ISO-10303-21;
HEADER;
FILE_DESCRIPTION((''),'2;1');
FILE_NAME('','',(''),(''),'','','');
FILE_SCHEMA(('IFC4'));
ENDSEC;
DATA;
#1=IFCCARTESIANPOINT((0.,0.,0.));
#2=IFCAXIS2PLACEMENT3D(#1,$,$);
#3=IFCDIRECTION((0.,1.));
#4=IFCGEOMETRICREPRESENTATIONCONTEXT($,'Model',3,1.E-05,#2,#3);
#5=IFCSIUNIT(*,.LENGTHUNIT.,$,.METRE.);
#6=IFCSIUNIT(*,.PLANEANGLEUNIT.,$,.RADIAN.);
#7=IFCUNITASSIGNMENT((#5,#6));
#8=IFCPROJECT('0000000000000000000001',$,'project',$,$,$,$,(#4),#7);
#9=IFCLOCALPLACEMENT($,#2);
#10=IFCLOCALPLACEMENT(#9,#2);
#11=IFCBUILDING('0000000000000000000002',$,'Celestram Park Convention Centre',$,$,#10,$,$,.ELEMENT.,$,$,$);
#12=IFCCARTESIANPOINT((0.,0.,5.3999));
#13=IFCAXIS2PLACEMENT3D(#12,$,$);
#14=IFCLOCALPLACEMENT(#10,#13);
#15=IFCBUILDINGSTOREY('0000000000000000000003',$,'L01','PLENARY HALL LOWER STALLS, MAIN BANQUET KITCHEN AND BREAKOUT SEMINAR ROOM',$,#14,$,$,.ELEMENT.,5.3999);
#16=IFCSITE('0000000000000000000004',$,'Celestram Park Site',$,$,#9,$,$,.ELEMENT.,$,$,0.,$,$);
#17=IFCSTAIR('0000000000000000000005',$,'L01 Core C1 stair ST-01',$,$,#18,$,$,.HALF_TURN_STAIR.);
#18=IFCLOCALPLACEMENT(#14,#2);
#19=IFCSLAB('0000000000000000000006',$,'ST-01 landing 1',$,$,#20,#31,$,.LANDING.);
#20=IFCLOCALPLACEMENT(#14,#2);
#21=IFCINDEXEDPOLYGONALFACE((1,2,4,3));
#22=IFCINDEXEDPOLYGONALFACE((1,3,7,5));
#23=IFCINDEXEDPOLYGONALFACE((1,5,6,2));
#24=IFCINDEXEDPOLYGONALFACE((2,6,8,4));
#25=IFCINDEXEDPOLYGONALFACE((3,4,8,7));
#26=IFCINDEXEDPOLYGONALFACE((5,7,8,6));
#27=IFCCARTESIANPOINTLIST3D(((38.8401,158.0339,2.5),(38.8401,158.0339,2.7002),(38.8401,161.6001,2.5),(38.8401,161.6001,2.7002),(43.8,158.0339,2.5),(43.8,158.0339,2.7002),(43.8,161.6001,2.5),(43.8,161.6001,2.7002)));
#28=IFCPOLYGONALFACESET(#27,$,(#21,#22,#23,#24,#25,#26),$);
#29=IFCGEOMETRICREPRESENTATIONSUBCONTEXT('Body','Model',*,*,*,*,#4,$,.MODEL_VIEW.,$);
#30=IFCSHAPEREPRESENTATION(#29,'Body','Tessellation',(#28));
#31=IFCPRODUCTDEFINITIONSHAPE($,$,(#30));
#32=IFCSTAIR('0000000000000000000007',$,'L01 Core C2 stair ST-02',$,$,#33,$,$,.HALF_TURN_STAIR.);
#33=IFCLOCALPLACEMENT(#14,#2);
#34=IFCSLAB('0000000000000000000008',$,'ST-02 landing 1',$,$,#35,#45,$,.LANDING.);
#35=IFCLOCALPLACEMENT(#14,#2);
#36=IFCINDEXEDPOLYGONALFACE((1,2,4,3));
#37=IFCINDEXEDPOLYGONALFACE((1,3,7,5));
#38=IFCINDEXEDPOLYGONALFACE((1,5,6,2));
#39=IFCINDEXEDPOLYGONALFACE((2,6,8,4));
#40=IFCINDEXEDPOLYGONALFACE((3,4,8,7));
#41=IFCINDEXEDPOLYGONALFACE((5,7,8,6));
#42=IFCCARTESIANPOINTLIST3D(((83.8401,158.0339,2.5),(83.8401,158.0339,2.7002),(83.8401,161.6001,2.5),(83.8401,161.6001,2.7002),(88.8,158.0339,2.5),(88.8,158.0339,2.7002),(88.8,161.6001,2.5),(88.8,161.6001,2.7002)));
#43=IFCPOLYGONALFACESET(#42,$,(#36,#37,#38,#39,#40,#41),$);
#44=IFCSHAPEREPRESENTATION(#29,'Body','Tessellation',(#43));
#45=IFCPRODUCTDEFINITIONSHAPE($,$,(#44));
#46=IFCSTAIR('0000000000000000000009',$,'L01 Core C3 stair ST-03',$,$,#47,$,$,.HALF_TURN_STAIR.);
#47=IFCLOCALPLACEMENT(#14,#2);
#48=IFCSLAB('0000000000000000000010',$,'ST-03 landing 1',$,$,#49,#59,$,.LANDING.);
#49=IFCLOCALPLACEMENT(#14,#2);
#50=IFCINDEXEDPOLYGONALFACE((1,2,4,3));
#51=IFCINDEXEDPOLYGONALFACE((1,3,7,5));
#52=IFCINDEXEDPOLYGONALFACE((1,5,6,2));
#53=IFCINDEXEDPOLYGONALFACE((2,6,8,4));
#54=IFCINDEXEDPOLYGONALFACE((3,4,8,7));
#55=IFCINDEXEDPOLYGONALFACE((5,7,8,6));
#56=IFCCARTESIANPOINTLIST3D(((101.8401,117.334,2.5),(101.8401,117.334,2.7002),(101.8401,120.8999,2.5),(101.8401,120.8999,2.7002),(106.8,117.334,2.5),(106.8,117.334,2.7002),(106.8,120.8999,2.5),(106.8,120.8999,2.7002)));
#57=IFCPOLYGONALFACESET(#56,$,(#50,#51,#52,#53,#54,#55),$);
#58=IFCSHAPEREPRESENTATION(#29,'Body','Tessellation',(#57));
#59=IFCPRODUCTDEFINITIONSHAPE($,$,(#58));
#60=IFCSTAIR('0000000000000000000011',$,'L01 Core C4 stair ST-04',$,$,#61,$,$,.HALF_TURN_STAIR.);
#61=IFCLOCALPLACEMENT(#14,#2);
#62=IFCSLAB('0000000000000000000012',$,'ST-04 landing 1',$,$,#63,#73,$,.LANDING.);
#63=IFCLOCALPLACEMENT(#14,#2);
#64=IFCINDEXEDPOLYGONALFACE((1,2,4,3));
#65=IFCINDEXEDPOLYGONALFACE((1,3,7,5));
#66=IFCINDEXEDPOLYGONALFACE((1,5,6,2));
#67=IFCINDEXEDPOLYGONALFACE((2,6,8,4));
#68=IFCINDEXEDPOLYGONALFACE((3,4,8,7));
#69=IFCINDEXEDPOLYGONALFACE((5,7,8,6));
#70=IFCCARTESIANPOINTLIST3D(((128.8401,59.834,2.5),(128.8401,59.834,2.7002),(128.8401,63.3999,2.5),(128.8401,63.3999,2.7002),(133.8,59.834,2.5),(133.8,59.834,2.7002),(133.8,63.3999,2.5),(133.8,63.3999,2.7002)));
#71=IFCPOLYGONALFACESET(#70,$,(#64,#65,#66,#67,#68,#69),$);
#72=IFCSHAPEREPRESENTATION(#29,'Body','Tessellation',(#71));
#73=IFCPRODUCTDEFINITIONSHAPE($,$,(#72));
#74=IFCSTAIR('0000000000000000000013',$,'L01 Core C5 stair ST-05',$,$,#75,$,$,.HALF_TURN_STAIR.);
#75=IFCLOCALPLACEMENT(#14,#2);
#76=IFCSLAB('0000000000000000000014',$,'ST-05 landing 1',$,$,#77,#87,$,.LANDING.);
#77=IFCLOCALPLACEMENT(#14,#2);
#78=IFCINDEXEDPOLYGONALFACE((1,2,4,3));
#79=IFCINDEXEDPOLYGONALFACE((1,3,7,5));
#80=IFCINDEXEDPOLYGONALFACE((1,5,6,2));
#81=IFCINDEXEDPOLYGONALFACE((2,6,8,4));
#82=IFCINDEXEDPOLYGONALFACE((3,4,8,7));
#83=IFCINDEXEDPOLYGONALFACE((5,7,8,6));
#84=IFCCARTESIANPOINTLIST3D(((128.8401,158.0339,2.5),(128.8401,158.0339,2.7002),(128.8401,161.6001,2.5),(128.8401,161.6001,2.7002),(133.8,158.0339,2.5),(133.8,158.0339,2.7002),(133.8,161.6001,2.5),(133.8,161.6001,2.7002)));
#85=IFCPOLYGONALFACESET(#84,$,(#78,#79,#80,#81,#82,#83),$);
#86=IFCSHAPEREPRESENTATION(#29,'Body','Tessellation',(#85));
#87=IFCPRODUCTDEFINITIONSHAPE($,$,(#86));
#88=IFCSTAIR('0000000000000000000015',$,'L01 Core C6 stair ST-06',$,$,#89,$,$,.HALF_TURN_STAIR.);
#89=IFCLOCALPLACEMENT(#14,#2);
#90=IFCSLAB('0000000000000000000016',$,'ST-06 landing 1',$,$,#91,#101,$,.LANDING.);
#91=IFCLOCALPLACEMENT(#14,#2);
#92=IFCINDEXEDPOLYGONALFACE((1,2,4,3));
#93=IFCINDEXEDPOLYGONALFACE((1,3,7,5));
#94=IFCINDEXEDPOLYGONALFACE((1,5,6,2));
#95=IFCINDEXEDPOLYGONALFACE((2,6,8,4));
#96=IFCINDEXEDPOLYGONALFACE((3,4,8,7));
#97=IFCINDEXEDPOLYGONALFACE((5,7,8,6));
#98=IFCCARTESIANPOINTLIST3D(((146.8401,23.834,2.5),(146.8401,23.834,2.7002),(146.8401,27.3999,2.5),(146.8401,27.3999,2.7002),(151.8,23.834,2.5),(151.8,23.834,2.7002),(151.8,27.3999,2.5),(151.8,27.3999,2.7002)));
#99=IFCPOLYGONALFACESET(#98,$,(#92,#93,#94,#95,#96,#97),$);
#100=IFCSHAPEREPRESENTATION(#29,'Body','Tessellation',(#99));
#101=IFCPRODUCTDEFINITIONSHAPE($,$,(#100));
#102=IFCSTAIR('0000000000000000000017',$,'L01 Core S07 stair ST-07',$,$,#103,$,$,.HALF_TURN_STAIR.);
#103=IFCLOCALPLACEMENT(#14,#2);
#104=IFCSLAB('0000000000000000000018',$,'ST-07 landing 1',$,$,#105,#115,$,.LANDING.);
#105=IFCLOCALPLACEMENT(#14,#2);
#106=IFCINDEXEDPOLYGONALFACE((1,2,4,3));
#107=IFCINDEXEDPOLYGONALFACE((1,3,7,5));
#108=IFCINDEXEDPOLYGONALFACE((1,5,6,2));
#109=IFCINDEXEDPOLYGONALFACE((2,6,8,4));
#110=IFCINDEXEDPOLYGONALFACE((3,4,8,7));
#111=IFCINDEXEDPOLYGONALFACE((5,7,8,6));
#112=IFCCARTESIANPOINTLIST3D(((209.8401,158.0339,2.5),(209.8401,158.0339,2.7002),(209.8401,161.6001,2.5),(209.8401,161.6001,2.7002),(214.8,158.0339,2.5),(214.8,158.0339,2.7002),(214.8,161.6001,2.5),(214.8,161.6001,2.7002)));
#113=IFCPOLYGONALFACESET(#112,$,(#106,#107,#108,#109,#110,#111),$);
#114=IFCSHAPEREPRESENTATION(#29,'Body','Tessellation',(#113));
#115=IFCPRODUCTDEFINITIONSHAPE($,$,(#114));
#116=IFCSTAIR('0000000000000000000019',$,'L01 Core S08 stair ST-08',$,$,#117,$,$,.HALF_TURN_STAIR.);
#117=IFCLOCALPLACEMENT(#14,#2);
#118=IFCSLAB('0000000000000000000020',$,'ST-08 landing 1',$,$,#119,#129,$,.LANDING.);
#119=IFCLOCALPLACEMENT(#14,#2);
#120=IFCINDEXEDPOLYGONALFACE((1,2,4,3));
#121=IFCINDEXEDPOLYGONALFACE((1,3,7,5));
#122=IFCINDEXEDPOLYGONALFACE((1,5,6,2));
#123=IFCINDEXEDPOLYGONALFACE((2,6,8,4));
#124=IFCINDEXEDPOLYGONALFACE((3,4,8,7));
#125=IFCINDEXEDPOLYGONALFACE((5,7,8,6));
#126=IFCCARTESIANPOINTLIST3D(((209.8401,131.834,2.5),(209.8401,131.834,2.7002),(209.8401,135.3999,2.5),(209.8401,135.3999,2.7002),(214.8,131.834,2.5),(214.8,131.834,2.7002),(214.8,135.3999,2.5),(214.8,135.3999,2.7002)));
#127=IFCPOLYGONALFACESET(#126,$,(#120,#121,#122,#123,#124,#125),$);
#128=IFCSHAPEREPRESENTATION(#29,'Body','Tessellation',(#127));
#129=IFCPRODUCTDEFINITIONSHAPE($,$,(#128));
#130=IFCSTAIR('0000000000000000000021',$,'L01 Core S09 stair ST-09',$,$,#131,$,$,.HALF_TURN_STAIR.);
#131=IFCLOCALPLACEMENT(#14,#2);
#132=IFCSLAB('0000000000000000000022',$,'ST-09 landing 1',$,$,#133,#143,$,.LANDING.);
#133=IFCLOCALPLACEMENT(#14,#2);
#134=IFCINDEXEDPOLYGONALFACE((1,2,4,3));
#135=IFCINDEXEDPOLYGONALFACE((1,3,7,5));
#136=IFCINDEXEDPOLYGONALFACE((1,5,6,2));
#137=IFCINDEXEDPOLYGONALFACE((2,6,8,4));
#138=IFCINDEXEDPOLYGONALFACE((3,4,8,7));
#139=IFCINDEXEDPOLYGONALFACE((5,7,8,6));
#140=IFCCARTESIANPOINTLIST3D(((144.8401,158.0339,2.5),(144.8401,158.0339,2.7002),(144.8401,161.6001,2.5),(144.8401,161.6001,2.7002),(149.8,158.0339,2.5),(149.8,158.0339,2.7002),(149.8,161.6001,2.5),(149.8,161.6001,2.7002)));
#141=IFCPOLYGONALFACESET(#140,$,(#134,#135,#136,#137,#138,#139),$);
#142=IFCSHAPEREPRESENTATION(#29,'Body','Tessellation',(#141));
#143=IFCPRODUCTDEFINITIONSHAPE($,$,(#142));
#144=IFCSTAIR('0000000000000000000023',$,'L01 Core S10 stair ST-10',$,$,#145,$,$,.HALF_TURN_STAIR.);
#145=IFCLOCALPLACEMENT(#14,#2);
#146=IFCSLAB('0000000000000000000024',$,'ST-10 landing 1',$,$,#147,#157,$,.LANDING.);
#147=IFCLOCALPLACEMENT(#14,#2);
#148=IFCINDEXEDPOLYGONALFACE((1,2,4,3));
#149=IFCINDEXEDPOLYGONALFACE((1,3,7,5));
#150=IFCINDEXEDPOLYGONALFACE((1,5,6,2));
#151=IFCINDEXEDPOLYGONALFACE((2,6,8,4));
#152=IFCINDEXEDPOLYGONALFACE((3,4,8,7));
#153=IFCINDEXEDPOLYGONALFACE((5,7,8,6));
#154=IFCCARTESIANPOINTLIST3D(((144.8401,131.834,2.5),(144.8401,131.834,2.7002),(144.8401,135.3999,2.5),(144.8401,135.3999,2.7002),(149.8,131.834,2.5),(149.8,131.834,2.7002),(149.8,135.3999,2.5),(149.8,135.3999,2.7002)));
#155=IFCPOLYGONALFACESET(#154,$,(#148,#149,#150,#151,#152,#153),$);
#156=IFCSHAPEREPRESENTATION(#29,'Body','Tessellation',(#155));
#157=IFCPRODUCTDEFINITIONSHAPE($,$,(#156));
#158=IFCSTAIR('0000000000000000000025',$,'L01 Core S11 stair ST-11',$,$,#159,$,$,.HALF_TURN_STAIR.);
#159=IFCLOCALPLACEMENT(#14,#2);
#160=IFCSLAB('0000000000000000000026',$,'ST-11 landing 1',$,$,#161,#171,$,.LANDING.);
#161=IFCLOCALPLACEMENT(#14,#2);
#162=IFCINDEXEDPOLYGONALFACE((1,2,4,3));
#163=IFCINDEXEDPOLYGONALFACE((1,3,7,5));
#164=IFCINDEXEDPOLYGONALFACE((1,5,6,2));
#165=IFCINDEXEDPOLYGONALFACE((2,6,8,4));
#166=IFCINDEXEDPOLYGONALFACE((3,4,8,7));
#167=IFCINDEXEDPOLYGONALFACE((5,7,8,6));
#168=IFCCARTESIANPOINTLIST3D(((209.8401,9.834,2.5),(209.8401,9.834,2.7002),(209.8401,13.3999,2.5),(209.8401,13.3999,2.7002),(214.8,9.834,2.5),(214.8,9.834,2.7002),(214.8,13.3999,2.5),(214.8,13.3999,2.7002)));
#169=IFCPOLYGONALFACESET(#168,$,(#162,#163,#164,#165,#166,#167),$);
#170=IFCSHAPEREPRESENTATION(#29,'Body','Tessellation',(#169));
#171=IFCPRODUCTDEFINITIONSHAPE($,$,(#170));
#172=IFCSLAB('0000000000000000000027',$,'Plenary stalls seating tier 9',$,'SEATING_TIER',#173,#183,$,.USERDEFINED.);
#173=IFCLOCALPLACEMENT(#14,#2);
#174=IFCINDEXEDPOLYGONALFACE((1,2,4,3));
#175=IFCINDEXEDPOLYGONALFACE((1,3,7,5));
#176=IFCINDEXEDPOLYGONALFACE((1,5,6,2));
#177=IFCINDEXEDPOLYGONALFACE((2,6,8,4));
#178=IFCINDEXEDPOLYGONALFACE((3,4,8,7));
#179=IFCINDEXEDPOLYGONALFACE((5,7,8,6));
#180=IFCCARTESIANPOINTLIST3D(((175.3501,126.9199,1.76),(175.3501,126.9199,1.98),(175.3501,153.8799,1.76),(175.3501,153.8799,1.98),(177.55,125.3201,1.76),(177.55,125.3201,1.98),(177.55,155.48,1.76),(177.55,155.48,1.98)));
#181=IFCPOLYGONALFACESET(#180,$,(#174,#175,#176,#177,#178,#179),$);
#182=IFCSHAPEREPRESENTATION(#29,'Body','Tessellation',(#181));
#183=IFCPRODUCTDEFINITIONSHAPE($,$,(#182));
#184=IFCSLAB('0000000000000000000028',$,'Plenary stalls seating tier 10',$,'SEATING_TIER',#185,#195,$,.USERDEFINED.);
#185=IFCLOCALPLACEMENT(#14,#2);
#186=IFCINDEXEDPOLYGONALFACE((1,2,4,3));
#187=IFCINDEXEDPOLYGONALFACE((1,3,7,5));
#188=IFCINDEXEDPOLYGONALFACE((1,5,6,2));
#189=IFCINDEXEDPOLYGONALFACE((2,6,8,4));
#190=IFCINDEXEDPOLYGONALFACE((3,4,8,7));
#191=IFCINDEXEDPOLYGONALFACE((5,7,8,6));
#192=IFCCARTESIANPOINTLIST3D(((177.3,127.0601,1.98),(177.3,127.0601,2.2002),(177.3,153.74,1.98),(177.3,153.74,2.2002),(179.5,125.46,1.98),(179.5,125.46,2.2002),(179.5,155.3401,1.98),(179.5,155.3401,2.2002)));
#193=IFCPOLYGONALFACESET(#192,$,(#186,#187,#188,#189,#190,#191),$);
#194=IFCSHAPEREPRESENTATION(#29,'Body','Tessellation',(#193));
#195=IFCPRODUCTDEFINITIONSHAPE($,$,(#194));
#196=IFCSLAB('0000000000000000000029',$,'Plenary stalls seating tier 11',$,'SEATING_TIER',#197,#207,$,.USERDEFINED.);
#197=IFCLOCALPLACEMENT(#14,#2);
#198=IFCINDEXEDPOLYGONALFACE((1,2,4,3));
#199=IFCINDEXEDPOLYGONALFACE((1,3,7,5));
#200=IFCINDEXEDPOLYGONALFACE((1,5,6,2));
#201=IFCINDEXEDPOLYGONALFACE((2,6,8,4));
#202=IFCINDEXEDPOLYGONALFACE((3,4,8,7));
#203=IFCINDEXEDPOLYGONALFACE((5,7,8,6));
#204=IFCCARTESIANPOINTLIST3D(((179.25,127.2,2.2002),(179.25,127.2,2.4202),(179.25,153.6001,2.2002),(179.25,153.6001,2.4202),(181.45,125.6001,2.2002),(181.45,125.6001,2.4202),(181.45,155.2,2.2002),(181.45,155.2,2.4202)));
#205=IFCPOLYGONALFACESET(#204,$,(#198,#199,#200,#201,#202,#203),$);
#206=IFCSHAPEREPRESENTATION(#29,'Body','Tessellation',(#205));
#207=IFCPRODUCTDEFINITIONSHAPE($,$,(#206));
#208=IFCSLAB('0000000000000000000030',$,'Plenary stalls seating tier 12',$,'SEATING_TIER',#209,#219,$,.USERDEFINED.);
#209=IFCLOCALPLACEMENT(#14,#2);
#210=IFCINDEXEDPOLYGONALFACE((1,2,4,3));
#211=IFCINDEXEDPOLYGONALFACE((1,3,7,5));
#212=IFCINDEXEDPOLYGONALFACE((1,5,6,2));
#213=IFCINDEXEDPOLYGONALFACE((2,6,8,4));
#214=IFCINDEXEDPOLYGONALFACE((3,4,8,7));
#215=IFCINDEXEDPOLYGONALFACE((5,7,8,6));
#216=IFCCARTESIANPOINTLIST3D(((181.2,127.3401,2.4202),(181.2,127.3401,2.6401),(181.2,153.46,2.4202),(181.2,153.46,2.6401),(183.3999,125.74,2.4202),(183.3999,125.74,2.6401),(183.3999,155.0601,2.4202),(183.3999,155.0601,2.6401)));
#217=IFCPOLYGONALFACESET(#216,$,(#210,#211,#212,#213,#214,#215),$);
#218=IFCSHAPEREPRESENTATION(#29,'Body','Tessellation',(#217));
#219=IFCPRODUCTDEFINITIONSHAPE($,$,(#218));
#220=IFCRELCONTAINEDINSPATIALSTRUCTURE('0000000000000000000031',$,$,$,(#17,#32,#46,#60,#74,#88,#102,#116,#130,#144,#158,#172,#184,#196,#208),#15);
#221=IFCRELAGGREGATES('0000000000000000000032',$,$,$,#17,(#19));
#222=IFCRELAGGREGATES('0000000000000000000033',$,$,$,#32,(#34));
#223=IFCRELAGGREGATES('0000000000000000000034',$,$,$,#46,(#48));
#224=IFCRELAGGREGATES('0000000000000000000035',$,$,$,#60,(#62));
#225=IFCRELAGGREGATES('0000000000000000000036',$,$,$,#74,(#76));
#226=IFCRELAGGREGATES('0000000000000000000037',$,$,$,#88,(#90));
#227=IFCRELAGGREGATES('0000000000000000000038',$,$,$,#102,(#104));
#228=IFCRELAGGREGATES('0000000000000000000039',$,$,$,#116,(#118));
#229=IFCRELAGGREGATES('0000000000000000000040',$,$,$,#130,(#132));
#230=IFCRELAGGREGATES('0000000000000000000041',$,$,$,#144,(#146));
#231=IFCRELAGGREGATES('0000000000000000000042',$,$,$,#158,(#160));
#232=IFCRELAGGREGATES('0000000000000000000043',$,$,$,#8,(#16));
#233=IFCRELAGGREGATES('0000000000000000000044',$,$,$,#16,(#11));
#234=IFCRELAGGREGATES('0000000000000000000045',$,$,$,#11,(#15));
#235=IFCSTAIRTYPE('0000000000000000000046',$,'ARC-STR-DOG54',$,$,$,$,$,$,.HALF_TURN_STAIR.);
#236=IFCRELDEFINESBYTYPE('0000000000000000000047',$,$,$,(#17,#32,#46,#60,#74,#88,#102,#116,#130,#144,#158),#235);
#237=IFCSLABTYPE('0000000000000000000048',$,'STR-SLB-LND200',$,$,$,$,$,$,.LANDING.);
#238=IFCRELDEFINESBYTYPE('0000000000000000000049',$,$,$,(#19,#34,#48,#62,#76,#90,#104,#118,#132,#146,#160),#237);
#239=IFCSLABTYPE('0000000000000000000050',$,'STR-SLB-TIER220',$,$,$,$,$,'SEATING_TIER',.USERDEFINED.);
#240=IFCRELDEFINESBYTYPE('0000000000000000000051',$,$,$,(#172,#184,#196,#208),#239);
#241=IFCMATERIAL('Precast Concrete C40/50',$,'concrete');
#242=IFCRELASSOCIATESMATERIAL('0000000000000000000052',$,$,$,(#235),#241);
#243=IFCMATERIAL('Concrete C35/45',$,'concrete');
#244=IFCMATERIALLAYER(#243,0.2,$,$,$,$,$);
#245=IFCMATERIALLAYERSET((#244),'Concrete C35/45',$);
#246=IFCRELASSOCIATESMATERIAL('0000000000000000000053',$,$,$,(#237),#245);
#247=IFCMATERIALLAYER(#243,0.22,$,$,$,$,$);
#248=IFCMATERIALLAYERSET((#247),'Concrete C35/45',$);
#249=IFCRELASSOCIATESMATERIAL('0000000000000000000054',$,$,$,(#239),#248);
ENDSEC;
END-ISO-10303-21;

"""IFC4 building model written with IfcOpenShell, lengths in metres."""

from ifc_helpers import new_model, si_unit, direction, frame, origin, place, context, subcontext, project, spatial, polyline, outline, extrude, material, layer, layer_set, type_object, element, aggregate, save


model = new_model("IFC4")

# Units and contexts
model_context = context("Model", 3, precision=1e-05, world=origin(), true_north=direction((0.0, 1.0)))
body_context = subcontext(model_context, "Body", "Model", "MODEL_VIEW")
ifc_project = project(units=[si_unit("LENGTHUNIT", "METRE"), si_unit("PLANEANGLEUNIT", "RADIAN")], contexts=[model_context])

# Site, building, storey
site_placement = place(None, origin())
site = spatial("IfcSite", under=ifc_project, at=site_placement, Name="Celestram Park Site", CompositionType="ELEMENT", RefElevation=0.0)
building_placement = place(site_placement, origin())
building = spatial("IfcBuilding", under=site, at=building_placement, Name="Celestram Park Convention Centre", CompositionType="ELEMENT")
storey_placement = place(building_placement, frame((0.0, 0.0, 5.3999)))
storey = spatial("IfcBuildingStorey", under=building, at=storey_placement, Name="L01", Description="PLENARY HALL LOWER STALLS, MAIN BANQUET KITCHEN AND BREAKOUT SEMINAR ROOM", CompositionType="ELEMENT", Elevation=5.3999)

# Stairs, slabs
ifc_material_1 = material(Name="Precast Concrete C40/50", Category="concrete")
stair_type = type_object("IfcStairType", Name="ARC-STR-DOG54", PredefinedType="HALF_TURN_STAIR", material=ifc_material_1)
stair_1_placement = place(storey_placement, origin())
stair_1 = element("IfcStair", 1, at=stair_1_placement, inside=storey, type_object=stair_type, Name="L01 Core C1 stair ST-01", PredefinedType="HALF_TURN_STAIR")
ifc_material_2 = material(Name="Concrete C35/45", Category="concrete")
ifc_layer_1 = layer(ifc_material_2, 0.2)
ifc_layer_set_1 = layer_set([ifc_layer_1], Name="Concrete C35/45")
slab_type_1 = type_object("IfcSlabType", Name="STR-SLB-LND200", PredefinedType="LANDING", material=ifc_layer_set_1)
slab_1_placement = place(storey_placement, frame((0.0, 0.0, 2.5)))
slab_1 = element("IfcSlab", 2, at=slab_1_placement, type_object=slab_type_1, Name="ST-01 landing 1", PredefinedType="LANDING", context=body_context, shape_type="SweptSolid", body=[
    extrude(outline(polyline([(43.8, 158.0339), (43.8, 161.6001), (38.8401, 161.6001), (38.8401, 158.0339), (43.8, 158.0339)])), origin(), (0.0, 0.0, 1.0), 0.2002),
])
aggregate(stair_1, [slab_1])
stair_2_placement = place(storey_placement, origin())
stair_2 = element("IfcStair", 3, at=stair_2_placement, inside=storey, type_object=stair_type, Name="L01 Core C2 stair ST-02", PredefinedType="HALF_TURN_STAIR")
slab_2_placement = place(storey_placement, frame((0.0, 0.0, 2.5)))
slab_2 = element("IfcSlab", 4, at=slab_2_placement, type_object=slab_type_1, Name="ST-02 landing 1", PredefinedType="LANDING", context=body_context, shape_type="SweptSolid", body=[
    extrude(outline(polyline([(88.8, 158.0339), (88.8, 161.6001), (83.8401, 161.6001), (83.8401, 158.0339), (88.8, 158.0339)])), origin(), (0.0, 0.0, 1.0), 0.2002),
])
aggregate(stair_2, [slab_2])
stair_3_placement = place(storey_placement, origin())
stair_3 = element("IfcStair", 5, at=stair_3_placement, inside=storey, type_object=stair_type, Name="L01 Core C3 stair ST-03", PredefinedType="HALF_TURN_STAIR")
slab_3_placement = place(storey_placement, frame((0.0, 0.0, 2.5)))
slab_3 = element("IfcSlab", 6, at=slab_3_placement, type_object=slab_type_1, Name="ST-03 landing 1", PredefinedType="LANDING", context=body_context, shape_type="SweptSolid", body=[
    extrude(outline(polyline([(106.8, 117.334), (106.8, 120.8999), (101.8401, 120.8999), (101.8401, 117.334), (106.8, 117.334)])), origin(), (0.0, 0.0, 1.0), 0.2002),
])
aggregate(stair_3, [slab_3])
stair_4_placement = place(storey_placement, origin())
stair_4 = element("IfcStair", 7, at=stair_4_placement, inside=storey, type_object=stair_type, Name="L01 Core C4 stair ST-04", PredefinedType="HALF_TURN_STAIR")
slab_4_placement = place(storey_placement, frame((0.0, 0.0, 2.5)))
slab_4 = element("IfcSlab", 8, at=slab_4_placement, type_object=slab_type_1, Name="ST-04 landing 1", PredefinedType="LANDING", context=body_context, shape_type="SweptSolid", body=[
    extrude(outline(polyline([(133.8, 59.834), (133.8, 63.3999), (128.8401, 63.3999), (128.8401, 59.834), (133.8, 59.834)])), origin(), (0.0, 0.0, 1.0), 0.2002),
])
aggregate(stair_4, [slab_4])
stair_5_placement = place(storey_placement, origin())
stair_5 = element("IfcStair", 9, at=stair_5_placement, inside=storey, type_object=stair_type, Name="L01 Core C5 stair ST-05", PredefinedType="HALF_TURN_STAIR")
slab_5_placement = place(storey_placement, frame((0.0, 0.0, 2.5)))
slab_5 = element("IfcSlab", 10, at=slab_5_placement, type_object=slab_type_1, Name="ST-05 landing 1", PredefinedType="LANDING", context=body_context, shape_type="SweptSolid", body=[
    extrude(outline(polyline([(133.8, 158.0339), (133.8, 161.6001), (128.8401, 161.6001), (128.8401, 158.0339), (133.8, 158.0339)])), origin(), (0.0, 0.0, 1.0), 0.2002),
])
aggregate(stair_5, [slab_5])
stair_6_placement = place(storey_placement, origin())
stair_6 = element("IfcStair", 11, at=stair_6_placement, inside=storey, type_object=stair_type, Name="L01 Core C6 stair ST-06", PredefinedType="HALF_TURN_STAIR")
slab_6_placement = place(storey_placement, frame((0.0, 0.0, 2.5)))
slab_6 = element("IfcSlab", 12, at=slab_6_placement, type_object=slab_type_1, Name="ST-06 landing 1", PredefinedType="LANDING", context=body_context, shape_type="SweptSolid", body=[
    extrude(outline(polyline([(151.8, 23.834), (151.8, 27.3999), (146.8401, 27.3999), (146.8401, 23.834), (151.8, 23.834)])), origin(), (0.0, 0.0, 1.0), 0.2002),
])
aggregate(stair_6, [slab_6])
stair_7_placement = place(storey_placement, origin())
stair_7 = element("IfcStair", 13, at=stair_7_placement, inside=storey, type_object=stair_type, Name="L01 Core S07 stair ST-07", PredefinedType="HALF_TURN_STAIR")
slab_7_placement = place(storey_placement, frame((0.0, 0.0, 2.5)))
slab_7 = element("IfcSlab", 14, at=slab_7_placement, type_object=slab_type_1, Name="ST-07 landing 1", PredefinedType="LANDING", context=body_context, shape_type="SweptSolid", body=[
    extrude(outline(polyline([(214.8, 158.0339), (214.8, 161.6001), (209.8401, 161.6001), (209.8401, 158.0339), (214.8, 158.0339)])), origin(), (0.0, 0.0, 1.0), 0.2002),
])
aggregate(stair_7, [slab_7])
stair_8_placement = place(storey_placement, origin())
stair_8 = element("IfcStair", 15, at=stair_8_placement, inside=storey, type_object=stair_type, Name="L01 Core S08 stair ST-08", PredefinedType="HALF_TURN_STAIR")
slab_8_placement = place(storey_placement, frame((0.0, 0.0, 2.5)))
slab_8 = element("IfcSlab", 16, at=slab_8_placement, type_object=slab_type_1, Name="ST-08 landing 1", PredefinedType="LANDING", context=body_context, shape_type="SweptSolid", body=[
    extrude(outline(polyline([(214.8, 131.834), (214.8, 135.3999), (209.8401, 135.3999), (209.8401, 131.834), (214.8, 131.834)])), origin(), (0.0, 0.0, 1.0), 0.2002),
])
aggregate(stair_8, [slab_8])
stair_9_placement = place(storey_placement, origin())
stair_9 = element("IfcStair", 17, at=stair_9_placement, inside=storey, type_object=stair_type, Name="L01 Core S09 stair ST-09", PredefinedType="HALF_TURN_STAIR")
slab_9_placement = place(storey_placement, frame((0.0, 0.0, 2.5)))
slab_9 = element("IfcSlab", 18, at=slab_9_placement, type_object=slab_type_1, Name="ST-09 landing 1", PredefinedType="LANDING", context=body_context, shape_type="SweptSolid", body=[
    extrude(outline(polyline([(149.8, 158.0339), (149.8, 161.6001), (144.8401, 161.6001), (144.8401, 158.0339), (149.8, 158.0339)])), origin(), (0.0, 0.0, 1.0), 0.2002),
])
aggregate(stair_9, [slab_9])
stair_10_placement = place(storey_placement, origin())
stair_10 = element("IfcStair", 19, at=stair_10_placement, inside=storey, type_object=stair_type, Name="L01 Core S10 stair ST-10", PredefinedType="HALF_TURN_STAIR")
slab_10_placement = place(storey_placement, frame((0.0, 0.0, 2.5)))
slab_10 = element("IfcSlab", 20, at=slab_10_placement, type_object=slab_type_1, Name="ST-10 landing 1", PredefinedType="LANDING", context=body_context, shape_type="SweptSolid", body=[
    extrude(outline(polyline([(149.8, 131.834), (149.8, 135.3999), (144.8401, 135.3999), (144.8401, 131.834), (149.8, 131.834)])), origin(), (0.0, 0.0, 1.0), 0.2002),
])
aggregate(stair_10, [slab_10])
stair_11_placement = place(storey_placement, origin())
stair_11 = element("IfcStair", 21, at=stair_11_placement, inside=storey, type_object=stair_type, Name="L01 Core S11 stair ST-11", PredefinedType="HALF_TURN_STAIR")
slab_11_placement = place(storey_placement, frame((0.0, 0.0, 2.5)))
slab_11 = element("IfcSlab", 22, at=slab_11_placement, type_object=slab_type_1, Name="ST-11 landing 1", PredefinedType="LANDING", context=body_context, shape_type="SweptSolid", body=[
    extrude(outline(polyline([(214.8, 9.834), (214.8, 13.3999), (209.8401, 13.3999), (209.8401, 9.834), (214.8, 9.834)])), origin(), (0.0, 0.0, 1.0), 0.2002),
])
aggregate(stair_11, [slab_11])

# Slabs
ifc_layer_2 = layer(ifc_material_2, 0.22)
ifc_layer_set_2 = layer_set([ifc_layer_2], Name="Concrete C35/45")
slab_type_2 = type_object("IfcSlabType", Name="STR-SLB-TIER220", ElementType="SEATING_TIER", PredefinedType="USERDEFINED", material=ifc_layer_set_2)
slab_12_placement = place(storey_placement, frame((0.0, 0.0, 1.76)))
element("IfcSlab", 23, at=slab_12_placement, inside=storey, type_object=slab_type_2, Name="Plenary stalls seating tier 9", ObjectType="SEATING_TIER", PredefinedType="USERDEFINED", context=body_context, shape_type="SweptSolid", body=[
    extrude(outline(polyline([(175.3501, 126.9199), (177.55, 125.3201), (177.55, 155.48), (175.3501, 153.8799), (175.3501, 126.9199)])), origin(), (0.0, 0.0, 1.0), 0.22),
])
slab_13_placement = place(storey_placement, frame((0.0, 0.0, 1.98)))
element("IfcSlab", 24, at=slab_13_placement, inside=storey, type_object=slab_type_2, Name="Plenary stalls seating tier 10", ObjectType="SEATING_TIER", PredefinedType="USERDEFINED", context=body_context, shape_type="SweptSolid", body=[
    extrude(outline(polyline([(177.3, 127.0601), (179.5, 125.46), (179.5, 155.3401), (177.3, 153.74), (177.3, 127.0601)])), origin(), (0.0, 0.0, 1.0), 0.2202),
])
slab_14_placement = place(storey_placement, frame((0.0, 0.0, 2.2002)))
element("IfcSlab", 25, at=slab_14_placement, inside=storey, type_object=slab_type_2, Name="Plenary stalls seating tier 11", ObjectType="SEATING_TIER", PredefinedType="USERDEFINED", context=body_context, shape_type="SweptSolid", body=[
    extrude(outline(polyline([(179.25, 127.2), (181.45, 125.6001), (181.45, 155.2), (179.25, 153.6001), (179.25, 127.2)])), origin(), (0.0, 0.0, 1.0), 0.22),
])
slab_15_placement = place(storey_placement, frame((0.0, 0.0, 2.4202)))
element("IfcSlab", 26, at=slab_15_placement, inside=storey, type_object=slab_type_2, Name="Plenary stalls seating tier 12", ObjectType="SEATING_TIER", PredefinedType="USERDEFINED", context=body_context, shape_type="SweptSolid", body=[
    extrude(outline(polyline([(181.2, 127.3401), (183.3999, 125.74), (183.3999, 155.0601), (181.2, 153.46), (181.2, 127.3401)])), origin(), (0.0, 0.0, 1.0), 0.22),
])

save(model, "model.ifc")
